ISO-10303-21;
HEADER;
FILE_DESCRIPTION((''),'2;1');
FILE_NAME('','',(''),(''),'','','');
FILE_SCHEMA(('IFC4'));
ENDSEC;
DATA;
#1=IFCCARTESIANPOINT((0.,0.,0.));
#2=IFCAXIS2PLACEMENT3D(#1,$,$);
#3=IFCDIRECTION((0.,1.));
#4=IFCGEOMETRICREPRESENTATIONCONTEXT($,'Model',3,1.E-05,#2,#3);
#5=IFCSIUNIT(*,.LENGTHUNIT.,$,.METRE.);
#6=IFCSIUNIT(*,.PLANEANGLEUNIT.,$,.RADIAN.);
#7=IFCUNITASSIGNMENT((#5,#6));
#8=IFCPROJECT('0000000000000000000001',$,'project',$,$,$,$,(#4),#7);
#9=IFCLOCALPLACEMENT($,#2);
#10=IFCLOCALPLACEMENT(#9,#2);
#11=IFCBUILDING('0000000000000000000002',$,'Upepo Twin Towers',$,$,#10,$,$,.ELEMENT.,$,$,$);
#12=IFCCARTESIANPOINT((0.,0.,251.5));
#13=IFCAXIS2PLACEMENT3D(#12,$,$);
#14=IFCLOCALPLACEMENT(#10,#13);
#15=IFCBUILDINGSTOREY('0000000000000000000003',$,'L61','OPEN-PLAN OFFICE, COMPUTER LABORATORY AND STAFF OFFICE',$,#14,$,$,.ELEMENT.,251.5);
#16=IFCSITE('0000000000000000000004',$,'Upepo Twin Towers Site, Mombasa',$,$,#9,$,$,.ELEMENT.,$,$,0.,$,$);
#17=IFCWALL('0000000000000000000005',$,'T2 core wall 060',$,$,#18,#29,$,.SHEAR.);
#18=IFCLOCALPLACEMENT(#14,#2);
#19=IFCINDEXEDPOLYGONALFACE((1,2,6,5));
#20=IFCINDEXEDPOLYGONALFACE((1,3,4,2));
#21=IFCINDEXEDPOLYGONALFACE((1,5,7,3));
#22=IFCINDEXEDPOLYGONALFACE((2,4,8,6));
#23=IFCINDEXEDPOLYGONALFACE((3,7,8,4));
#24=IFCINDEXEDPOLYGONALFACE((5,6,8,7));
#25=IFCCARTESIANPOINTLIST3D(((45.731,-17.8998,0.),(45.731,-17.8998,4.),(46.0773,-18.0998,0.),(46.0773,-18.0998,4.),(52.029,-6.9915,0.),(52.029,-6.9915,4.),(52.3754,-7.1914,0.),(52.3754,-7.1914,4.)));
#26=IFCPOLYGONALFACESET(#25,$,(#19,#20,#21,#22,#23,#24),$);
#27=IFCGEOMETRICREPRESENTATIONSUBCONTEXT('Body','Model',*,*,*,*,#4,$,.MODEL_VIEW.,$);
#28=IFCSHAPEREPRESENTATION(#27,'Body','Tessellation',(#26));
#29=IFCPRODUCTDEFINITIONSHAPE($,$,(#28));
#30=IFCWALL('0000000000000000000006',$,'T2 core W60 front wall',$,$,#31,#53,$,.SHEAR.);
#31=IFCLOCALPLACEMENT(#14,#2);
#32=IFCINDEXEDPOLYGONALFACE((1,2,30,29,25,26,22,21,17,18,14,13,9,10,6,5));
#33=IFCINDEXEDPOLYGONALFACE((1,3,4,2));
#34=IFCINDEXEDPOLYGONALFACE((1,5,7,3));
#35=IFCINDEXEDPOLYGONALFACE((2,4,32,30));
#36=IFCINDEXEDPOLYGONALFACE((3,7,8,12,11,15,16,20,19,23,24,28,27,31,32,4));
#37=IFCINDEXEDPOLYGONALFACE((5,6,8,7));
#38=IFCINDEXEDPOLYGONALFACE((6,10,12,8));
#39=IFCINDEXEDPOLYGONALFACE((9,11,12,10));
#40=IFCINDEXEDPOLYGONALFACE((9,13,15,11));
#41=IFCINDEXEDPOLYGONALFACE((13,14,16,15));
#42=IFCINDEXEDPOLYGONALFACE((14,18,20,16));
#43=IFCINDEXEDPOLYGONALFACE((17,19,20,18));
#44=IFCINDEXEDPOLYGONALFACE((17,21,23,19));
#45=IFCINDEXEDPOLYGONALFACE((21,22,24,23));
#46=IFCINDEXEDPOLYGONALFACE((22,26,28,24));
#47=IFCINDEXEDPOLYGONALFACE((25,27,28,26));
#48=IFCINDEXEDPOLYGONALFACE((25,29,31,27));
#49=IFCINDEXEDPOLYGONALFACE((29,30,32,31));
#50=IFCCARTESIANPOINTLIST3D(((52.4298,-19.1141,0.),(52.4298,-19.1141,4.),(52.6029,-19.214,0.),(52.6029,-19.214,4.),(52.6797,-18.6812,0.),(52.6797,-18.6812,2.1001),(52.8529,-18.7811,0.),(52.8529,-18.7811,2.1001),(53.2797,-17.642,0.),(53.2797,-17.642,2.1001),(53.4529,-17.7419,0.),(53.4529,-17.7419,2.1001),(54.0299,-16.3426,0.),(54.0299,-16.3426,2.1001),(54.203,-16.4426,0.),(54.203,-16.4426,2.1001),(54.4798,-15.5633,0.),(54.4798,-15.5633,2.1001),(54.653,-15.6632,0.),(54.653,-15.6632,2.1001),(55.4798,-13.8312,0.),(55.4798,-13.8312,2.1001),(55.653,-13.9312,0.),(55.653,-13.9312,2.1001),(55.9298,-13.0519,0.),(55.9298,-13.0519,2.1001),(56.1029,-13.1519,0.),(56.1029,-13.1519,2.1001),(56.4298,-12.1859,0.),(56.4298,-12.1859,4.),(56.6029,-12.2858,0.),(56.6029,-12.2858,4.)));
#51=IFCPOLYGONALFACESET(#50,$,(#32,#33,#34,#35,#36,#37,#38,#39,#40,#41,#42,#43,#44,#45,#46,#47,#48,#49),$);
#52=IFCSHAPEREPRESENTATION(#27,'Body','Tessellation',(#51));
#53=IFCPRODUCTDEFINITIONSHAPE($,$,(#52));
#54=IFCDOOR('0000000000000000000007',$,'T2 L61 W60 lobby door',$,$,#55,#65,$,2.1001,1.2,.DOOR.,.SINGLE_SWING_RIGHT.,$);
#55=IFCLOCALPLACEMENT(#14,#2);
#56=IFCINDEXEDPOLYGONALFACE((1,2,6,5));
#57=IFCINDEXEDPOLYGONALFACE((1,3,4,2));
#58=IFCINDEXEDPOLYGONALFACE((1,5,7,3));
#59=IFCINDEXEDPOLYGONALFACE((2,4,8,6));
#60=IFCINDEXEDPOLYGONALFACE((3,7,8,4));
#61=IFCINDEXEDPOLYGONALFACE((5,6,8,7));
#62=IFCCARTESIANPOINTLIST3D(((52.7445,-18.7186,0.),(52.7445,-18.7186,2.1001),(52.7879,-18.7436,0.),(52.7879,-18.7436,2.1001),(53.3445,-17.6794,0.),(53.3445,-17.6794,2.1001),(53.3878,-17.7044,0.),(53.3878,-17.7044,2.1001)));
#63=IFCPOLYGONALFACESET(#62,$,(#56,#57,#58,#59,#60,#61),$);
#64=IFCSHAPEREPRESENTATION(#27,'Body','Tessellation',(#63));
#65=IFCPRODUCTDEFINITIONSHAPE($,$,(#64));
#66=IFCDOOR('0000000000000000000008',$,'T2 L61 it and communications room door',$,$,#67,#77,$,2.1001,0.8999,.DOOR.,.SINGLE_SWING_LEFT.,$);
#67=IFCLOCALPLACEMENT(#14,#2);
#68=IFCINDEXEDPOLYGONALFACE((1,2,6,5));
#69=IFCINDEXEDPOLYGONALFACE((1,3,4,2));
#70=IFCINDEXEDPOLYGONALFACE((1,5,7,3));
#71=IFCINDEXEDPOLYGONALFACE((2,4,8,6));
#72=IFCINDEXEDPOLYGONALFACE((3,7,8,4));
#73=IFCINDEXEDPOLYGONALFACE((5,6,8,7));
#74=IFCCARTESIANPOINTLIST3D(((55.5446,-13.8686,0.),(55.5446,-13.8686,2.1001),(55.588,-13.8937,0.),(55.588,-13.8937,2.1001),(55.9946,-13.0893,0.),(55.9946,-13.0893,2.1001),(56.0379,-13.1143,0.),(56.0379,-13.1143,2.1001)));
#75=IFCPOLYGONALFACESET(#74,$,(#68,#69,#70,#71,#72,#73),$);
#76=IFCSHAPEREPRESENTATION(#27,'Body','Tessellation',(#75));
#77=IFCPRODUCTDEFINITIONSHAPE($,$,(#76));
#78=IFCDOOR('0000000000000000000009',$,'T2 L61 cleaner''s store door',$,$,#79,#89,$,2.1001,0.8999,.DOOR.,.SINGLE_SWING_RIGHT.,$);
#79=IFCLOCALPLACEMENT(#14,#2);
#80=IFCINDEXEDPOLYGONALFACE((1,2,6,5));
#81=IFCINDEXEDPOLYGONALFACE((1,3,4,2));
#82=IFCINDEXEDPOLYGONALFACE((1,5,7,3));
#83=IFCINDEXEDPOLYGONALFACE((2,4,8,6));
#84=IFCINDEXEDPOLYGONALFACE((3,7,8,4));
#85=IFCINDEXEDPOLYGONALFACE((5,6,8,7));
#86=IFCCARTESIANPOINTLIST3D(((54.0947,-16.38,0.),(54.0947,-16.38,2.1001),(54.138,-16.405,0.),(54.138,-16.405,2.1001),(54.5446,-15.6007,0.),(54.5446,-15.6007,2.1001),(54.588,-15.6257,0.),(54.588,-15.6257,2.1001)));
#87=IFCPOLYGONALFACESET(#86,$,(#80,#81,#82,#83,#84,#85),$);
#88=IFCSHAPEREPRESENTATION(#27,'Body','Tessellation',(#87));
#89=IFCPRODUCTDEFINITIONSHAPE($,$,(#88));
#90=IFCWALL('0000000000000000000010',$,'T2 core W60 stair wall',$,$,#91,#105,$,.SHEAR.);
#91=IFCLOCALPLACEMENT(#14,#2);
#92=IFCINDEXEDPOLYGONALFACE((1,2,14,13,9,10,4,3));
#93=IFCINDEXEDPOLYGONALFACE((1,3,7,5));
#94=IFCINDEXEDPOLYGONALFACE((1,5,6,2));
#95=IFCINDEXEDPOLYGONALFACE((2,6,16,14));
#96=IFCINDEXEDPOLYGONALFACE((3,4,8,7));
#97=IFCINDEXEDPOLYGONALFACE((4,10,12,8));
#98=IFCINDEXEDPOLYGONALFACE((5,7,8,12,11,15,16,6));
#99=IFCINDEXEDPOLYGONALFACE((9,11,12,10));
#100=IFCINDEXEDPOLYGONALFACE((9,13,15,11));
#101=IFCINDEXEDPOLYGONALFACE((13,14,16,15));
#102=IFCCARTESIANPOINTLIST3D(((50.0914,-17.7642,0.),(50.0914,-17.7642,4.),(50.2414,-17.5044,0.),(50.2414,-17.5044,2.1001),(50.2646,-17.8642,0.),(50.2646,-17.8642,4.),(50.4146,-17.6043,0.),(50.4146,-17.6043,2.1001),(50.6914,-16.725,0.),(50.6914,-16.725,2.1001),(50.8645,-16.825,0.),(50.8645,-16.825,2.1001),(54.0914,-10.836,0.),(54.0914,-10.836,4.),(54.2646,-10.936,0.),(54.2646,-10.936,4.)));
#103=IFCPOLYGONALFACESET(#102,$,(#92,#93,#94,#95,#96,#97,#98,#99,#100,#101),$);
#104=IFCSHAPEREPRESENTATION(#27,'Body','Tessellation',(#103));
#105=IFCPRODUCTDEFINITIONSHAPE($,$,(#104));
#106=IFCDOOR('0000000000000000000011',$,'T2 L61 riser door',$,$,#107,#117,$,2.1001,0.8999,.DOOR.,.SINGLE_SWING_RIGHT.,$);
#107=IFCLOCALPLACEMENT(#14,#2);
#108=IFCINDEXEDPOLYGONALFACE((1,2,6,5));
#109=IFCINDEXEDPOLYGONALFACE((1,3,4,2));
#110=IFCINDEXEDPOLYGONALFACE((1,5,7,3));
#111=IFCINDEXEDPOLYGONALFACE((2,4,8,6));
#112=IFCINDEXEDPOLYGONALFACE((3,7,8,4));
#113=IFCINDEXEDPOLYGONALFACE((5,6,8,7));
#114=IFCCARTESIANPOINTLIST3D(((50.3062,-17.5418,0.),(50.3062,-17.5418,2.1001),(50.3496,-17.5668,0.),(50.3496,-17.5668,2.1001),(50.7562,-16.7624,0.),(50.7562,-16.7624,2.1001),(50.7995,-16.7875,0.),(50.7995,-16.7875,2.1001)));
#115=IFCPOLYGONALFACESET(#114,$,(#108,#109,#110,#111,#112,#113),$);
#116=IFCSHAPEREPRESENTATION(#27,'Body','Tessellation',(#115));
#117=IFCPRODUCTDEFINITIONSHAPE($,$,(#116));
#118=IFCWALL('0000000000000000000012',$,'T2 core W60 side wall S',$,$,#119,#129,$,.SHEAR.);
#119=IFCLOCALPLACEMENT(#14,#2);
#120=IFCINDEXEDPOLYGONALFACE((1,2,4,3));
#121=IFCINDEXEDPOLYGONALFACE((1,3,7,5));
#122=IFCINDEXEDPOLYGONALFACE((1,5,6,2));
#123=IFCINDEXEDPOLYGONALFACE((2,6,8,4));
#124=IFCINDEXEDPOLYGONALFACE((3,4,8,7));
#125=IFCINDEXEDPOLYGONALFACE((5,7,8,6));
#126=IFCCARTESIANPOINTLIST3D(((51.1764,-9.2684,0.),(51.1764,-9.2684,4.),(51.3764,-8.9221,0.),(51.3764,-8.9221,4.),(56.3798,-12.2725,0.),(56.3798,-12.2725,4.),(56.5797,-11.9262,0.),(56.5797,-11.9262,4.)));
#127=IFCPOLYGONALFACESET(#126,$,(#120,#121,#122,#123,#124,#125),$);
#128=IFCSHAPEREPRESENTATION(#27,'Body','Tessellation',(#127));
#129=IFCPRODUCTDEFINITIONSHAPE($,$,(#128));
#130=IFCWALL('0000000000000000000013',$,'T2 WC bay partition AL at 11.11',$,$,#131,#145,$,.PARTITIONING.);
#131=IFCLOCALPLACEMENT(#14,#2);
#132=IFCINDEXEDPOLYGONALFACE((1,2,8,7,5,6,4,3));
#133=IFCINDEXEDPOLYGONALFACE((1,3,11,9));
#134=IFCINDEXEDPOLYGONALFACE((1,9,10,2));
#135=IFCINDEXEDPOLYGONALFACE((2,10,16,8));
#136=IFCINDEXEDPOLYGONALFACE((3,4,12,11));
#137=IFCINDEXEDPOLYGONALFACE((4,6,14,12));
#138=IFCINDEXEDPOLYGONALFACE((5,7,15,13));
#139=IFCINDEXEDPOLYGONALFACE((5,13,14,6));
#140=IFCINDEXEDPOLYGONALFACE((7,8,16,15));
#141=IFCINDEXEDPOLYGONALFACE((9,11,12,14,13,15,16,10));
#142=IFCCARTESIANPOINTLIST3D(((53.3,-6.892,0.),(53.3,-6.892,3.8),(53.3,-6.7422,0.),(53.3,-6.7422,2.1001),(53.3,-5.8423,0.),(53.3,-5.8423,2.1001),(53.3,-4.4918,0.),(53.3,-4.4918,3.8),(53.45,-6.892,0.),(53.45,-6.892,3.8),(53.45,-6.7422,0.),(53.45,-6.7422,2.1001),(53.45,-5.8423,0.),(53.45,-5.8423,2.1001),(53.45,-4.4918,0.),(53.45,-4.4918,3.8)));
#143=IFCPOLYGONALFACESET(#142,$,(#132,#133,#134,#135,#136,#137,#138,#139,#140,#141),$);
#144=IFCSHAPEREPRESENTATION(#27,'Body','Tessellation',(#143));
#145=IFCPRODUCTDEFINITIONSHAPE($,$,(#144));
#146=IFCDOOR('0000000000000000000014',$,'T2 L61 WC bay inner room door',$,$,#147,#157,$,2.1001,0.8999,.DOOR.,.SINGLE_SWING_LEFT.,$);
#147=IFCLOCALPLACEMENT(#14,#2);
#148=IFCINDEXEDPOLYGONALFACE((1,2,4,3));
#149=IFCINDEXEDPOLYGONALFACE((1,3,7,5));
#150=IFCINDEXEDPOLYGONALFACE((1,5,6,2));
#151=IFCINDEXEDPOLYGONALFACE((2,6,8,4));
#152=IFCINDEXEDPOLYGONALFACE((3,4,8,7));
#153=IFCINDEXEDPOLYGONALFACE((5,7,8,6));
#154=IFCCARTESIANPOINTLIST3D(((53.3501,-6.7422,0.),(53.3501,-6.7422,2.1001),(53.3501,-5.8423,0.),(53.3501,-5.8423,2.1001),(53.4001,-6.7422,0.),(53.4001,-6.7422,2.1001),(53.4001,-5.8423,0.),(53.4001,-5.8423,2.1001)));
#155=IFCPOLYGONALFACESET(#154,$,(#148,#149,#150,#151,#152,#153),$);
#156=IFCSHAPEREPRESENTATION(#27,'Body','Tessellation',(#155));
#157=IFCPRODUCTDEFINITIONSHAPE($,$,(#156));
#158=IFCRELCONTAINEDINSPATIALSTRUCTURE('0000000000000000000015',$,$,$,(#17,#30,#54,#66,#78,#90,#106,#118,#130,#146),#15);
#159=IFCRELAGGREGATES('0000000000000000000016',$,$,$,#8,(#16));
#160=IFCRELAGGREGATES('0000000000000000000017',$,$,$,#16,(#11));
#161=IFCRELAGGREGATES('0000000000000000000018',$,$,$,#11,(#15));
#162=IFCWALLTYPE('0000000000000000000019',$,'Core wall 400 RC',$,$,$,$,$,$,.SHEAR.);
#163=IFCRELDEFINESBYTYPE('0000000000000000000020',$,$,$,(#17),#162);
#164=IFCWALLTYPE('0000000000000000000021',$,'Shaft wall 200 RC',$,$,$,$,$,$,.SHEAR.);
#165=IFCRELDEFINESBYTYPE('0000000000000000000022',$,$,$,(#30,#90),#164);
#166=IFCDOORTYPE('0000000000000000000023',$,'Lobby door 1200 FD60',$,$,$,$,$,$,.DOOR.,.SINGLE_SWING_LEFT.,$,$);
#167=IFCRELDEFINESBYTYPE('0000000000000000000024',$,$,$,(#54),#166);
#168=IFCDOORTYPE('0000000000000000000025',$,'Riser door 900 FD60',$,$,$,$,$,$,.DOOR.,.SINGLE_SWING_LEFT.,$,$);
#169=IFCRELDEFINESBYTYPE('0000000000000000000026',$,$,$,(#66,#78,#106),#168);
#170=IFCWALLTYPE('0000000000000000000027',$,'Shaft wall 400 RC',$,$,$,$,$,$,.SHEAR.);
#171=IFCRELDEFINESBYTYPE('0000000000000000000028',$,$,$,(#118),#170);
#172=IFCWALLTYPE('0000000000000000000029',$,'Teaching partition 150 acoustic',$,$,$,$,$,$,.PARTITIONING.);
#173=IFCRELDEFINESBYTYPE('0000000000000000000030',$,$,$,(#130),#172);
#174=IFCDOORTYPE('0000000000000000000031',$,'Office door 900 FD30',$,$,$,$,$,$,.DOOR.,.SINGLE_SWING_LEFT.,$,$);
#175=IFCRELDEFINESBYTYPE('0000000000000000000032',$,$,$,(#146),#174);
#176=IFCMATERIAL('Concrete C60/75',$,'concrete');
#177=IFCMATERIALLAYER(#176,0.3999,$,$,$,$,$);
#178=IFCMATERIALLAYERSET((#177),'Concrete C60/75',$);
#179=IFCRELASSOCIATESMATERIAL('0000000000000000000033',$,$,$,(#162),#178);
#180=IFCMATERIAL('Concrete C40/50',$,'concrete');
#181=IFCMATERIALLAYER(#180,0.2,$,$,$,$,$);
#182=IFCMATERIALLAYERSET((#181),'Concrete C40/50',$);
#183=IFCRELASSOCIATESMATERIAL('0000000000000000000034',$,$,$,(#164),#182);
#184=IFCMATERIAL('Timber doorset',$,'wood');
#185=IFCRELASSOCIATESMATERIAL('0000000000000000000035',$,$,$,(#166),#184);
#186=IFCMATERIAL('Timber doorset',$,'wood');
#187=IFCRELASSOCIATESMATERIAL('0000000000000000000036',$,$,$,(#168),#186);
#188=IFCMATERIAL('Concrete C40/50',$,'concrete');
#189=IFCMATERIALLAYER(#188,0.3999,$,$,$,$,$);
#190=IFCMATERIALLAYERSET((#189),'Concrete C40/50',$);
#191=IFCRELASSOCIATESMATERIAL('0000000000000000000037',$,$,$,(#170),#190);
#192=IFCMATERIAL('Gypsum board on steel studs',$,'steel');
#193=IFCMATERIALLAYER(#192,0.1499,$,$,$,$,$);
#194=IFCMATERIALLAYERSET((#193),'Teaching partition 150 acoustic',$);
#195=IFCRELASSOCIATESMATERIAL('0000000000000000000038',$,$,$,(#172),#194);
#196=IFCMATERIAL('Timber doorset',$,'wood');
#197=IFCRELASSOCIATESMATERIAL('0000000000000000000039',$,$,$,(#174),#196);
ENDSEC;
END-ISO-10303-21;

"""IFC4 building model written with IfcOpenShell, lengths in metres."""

from ifc_helpers import new_model, si_unit, direction, frame, frame_2d, origin, place, context, subcontext, project, spatial, rectangle, extrude, material, layer, layer_set, type_object, element, fill, save


model = new_model("IFC4")

# Units and contexts
model_context = context("Model", 3, precision=1e-05, world=origin(), true_north=direction((0.0, 1.0)))
body_context = subcontext(model_context, "Body", "Model", "MODEL_VIEW")
ifc_project = project(units=[si_unit("LENGTHUNIT", "METRE"), si_unit("PLANEANGLEUNIT", "RADIAN")], contexts=[model_context])

# Site, building, storey
site_placement = place(None, origin())
site = spatial("IfcSite", under=ifc_project, at=site_placement, Name="Upepo Twin Towers Site, Mombasa", CompositionType="ELEMENT", RefElevation=0.0)
building_placement = place(site_placement, origin())
building = spatial("IfcBuilding", under=site, at=building_placement, Name="Upepo Twin Towers", CompositionType="ELEMENT")
storey_placement = place(building_placement, frame((0.0, 0.0, 251.5)))
storey = spatial("IfcBuildingStorey", under=building, at=storey_placement, Name="L61", Description="OPEN-PLAN OFFICE, COMPUTER LABORATORY AND STAFF OFFICE", CompositionType="ELEMENT", Elevation=251.5)

# Wall
ifc_material_1 = material(Name="Concrete C60/75", Category="concrete")
ifc_layer_1 = layer(ifc_material_1, 0.3999)
ifc_layer_set_1 = layer_set([ifc_layer_1], Name="Concrete C60/75")
wall_type_1 = type_object("IfcWallType", Name="Core wall 400 RC", PredefinedType="SHEAR", material=ifc_layer_set_1)
wall_1_placement = place(storey_placement, frame((52.2021, -7.0916, 0.0), z_axis=(0.0, 0.0, 1.0), x_axis=(-0.500006, -0.866022, 0.0)))
element("IfcWall", 1, at=wall_1_placement, inside=storey, type_object=wall_type_1, Name="T2 core wall 060", PredefinedType="SHEAR", context=body_context, shape_type="SweptSolid", body=[
    extrude(rectangle(XDim=12.5959, YDim=0.3999, at=frame_2d((6.2979, 0.0))), origin(), (0.0, 0.0, 1.0), 4.0),
])

# Wall, openings, doors
ifc_material_2 = material(Name="Concrete C40/50", Category="concrete")
ifc_layer_2 = layer(ifc_material_2, 0.2)
ifc_layer_set_2 = layer_set([ifc_layer_2], Name="Concrete C40/50")
wall_type_2 = type_object("IfcWallType", Name="Shaft wall 200 RC", PredefinedType="SHEAR", material=ifc_layer_set_2)
wall_2_placement = place(storey_placement, frame((56.5164, -12.2358, 0.0), z_axis=(0.0, 0.0, 1.0), x_axis=(-0.499999, -0.866026, 0.0)))
wall_2 = element("IfcWall", 2, at=wall_2_placement, inside=storey, type_object=wall_type_2, Name="T2 core W60 front wall", PredefinedType="SHEAR", context=body_context, shape_type="SweptSolid", body=[
    extrude(rectangle(XDim=8.0, YDim=0.2, at=frame_2d((4.0, 0.0))), origin(), (0.0, 0.0, 1.0), 4.0),
])
opening_1_placement = place(wall_2_placement, frame((6.3, 0.0, 0.0)))
opening_1 = element("IfcOpeningElement", 3, at=opening_1_placement, cuts=wall_2, PredefinedType="OPENING", context=body_context, shape_type="SweptSolid", body=[
    extrude(rectangle(XDim=1.2, YDim=2.1001, at=frame_2d((0.6001, 1.05))), frame((0.0, 0.1099, 0.0), z_axis=(0.0, -1.0, 0.0), x_axis=(1.0, 0.0, 0.0)), (0.0, 0.0, 1.0), 0.22),
])
opening_2_placement = place(wall_2_placement, frame((1.0, 0.0, 0.0)))
opening_2 = element("IfcOpeningElement", 4, at=opening_2_placement, cuts=wall_2, PredefinedType="OPENING", context=body_context, shape_type="SweptSolid", body=[
    extrude(rectangle(XDim=0.8999, YDim=2.1001, at=frame_2d((0.45, 1.05))), frame((0.0, 0.1099, 0.0), z_axis=(0.0, -1.0, 0.0), x_axis=(1.0, 0.0, 0.0)), (0.0, 0.0, 1.0), 0.22),
])
opening_3_placement = place(wall_2_placement, frame((3.8999, 0.0, 0.0)))
opening_3 = element("IfcOpeningElement", 5, at=opening_3_placement, cuts=wall_2, PredefinedType="OPENING", context=body_context, shape_type="SweptSolid", body=[
    extrude(rectangle(XDim=0.8999, YDim=2.1001, at=frame_2d((0.45, 1.05))), frame((0.0, 0.1099, 0.0), z_axis=(0.0, -1.0, 0.0), x_axis=(1.0, 0.0, 0.0)), (0.0, 0.0, 1.0), 0.22),
])
ifc_material_3 = material(Name="Timber doorset", Category="wood")
door_type_1 = type_object("IfcDoorType", Name="Lobby door 1200 FD60", OperationType="SINGLE_SWING_LEFT", PredefinedType="DOOR", material=ifc_material_3)
door_1_placement = place(opening_1_placement, origin())
door_1 = element("IfcDoor", 6, at=door_1_placement, inside=storey, type_object=door_type_1, Name="T2 L61 W60 lobby door", OperationType="SINGLE_SWING_RIGHT", OverallHeight=2.1001, OverallWidth=1.2, PredefinedType="DOOR", context=body_context, shape_type="SweptSolid", body=[
    extrude(rectangle(XDim=1.2, YDim=2.1001, at=frame_2d((0.6001, 1.05))), frame((0.0, 0.0249, 0.0), z_axis=(0.0, -1.0, 0.0), x_axis=(1.0, 0.0, 0.0)), (0.0, 0.0, 1.0), 0.05),
])
fill(opening_1, door_1)
ifc_material_4 = material(Name="Timber doorset", Category="wood")
door_type_2 = type_object("IfcDoorType", Name="Riser door 900 FD60", OperationType="SINGLE_SWING_LEFT", PredefinedType="DOOR", material=ifc_material_4)
door_2_placement = place(opening_2_placement, origin())
door_2 = element("IfcDoor", 7, at=door_2_placement, inside=storey, type_object=door_type_2, Name="T2 L61 it and communications room door", OperationType="SINGLE_SWING_LEFT", OverallHeight=2.1001, OverallWidth=0.8999, PredefinedType="DOOR", context=body_context, shape_type="SweptSolid", body=[
    extrude(rectangle(XDim=0.8999, YDim=2.1001, at=frame_2d((0.45, 1.05))), frame((0.0, 0.0249, 0.0), z_axis=(0.0, -1.0, 0.0), x_axis=(1.0, 0.0, 0.0)), (0.0, 0.0, 1.0), 0.05),
])
fill(opening_2, door_2)
door_3_placement = place(opening_3_placement, origin())
door_3 = element("IfcDoor", 8, at=door_3_placement, inside=storey, type_object=door_type_2, Name="T2 L61 cleaner's store door", OperationType="SINGLE_SWING_RIGHT", OverallHeight=2.1001, OverallWidth=0.8999, PredefinedType="DOOR", context=body_context, shape_type="SweptSolid", body=[
    extrude(rectangle(XDim=0.8999, YDim=2.1001, at=frame_2d((0.45, 1.05))), frame((0.0, 0.0249, 0.0), z_axis=(0.0, -1.0, 0.0), x_axis=(1.0, 0.0, 0.0)), (0.0, 0.0, 1.0), 0.05),
])
fill(opening_3, door_3)

# Wall, opening, door
wall_3_placement = place(storey_placement, frame((54.178, -10.886, 0.0), z_axis=(0.0, 0.0, 1.0), x_axis=(-0.499999, -0.866026, 0.0)))
wall_3 = element("IfcWall", 9, at=wall_3_placement, inside=storey, type_object=wall_type_2, Name="T2 core W60 stair wall", PredefinedType="SHEAR", context=body_context, shape_type="SweptSolid", body=[
    extrude(rectangle(XDim=8.0, YDim=0.2, at=frame_2d((4.0, 0.0))), origin(), (0.0, 0.0, 1.0), 4.0),
])
opening_4_placement = place(wall_3_placement, frame((6.8, 0.0, 0.0)))
opening_4 = element("IfcOpeningElement", 10, at=opening_4_placement, cuts=wall_3, PredefinedType="OPENING", context=body_context, shape_type="SweptSolid", body=[
    extrude(rectangle(XDim=0.8999, YDim=2.1001, at=frame_2d((0.45, 1.05))), frame((0.0, 0.1099, 0.0), z_axis=(0.0, -1.0, 0.0), x_axis=(1.0, 0.0, 0.0)), (0.0, 0.0, 1.0), 0.22),
])
door_4_placement = place(opening_4_placement, origin())
door_4 = element("IfcDoor", 11, at=door_4_placement, inside=storey, type_object=door_type_2, Name="T2 L61 riser door", OperationType="SINGLE_SWING_RIGHT", OverallHeight=2.1001, OverallWidth=0.8999, PredefinedType="DOOR", context=body_context, shape_type="SweptSolid", body=[
    extrude(rectangle(XDim=0.8999, YDim=2.1001, at=frame_2d((0.45, 1.05))), frame((0.0, 0.0249, 0.0), z_axis=(0.0, -1.0, 0.0), x_axis=(1.0, 0.0, 0.0)), (0.0, 0.0, 1.0), 0.05),
])
fill(opening_4, door_4)

# Wall
ifc_material_5 = material(Name="Concrete C40/50", Category="concrete")
ifc_layer_3 = layer(ifc_material_5, 0.3999)
ifc_layer_set_3 = layer_set([ifc_layer_3], Name="Concrete C40/50")
wall_type_3 = type_object("IfcWallType", Name="Shaft wall 400 RC", PredefinedType="SHEAR", material=ifc_layer_set_3)
wall_4_placement = place(storey_placement, frame((56.4797, -12.0994, 0.0), z_axis=(0.0, 0.0, 1.0), x_axis=(-0.866027, 0.499998, 0.0)))
element("IfcWall", 12, at=wall_4_placement, inside=storey, type_object=wall_type_3, Name="T2 core W60 side wall S", PredefinedType="SHEAR", context=body_context, shape_type="SweptSolid", body=[
    extrude(rectangle(XDim=6.0083, YDim=0.3999, at=frame_2d((3.0042, 0.0))), origin(), (0.0, 0.0, 1.0), 4.0),
])

# Wall, opening, door
ifc_material_6 = material(Name="Gypsum board on steel studs", Category="steel")
ifc_layer_4 = layer(ifc_material_6, 0.1499)
ifc_layer_set_4 = layer_set([ifc_layer_4], Name="Teaching partition 150 acoustic")
wall_type_4 = type_object("IfcWallType", Name="Teaching partition 150 acoustic", PredefinedType="PARTITIONING", material=ifc_layer_set_4)
wall_5_placement = place(storey_placement, frame((53.375, -6.8921, 0.0), z_axis=(0.0, 0.0, 1.0), x_axis=(0.0, 1.0, 0.0)))
wall_5 = element("IfcWall", 13, at=wall_5_placement, inside=storey, type_object=wall_type_4, Name="T2 WC bay partition AL at 11.11", PredefinedType="PARTITIONING", context=body_context, shape_type="SweptSolid", body=[
    extrude(rectangle(XDim=2.4001, YDim=0.1499, at=frame_2d((1.2002, 0.0))), origin(), (0.0, 0.0, 1.0), 3.8),
])
opening_5_placement = place(wall_5_placement, frame((0.1499, 0.0, 0.0)))
opening_5 = element("IfcOpeningElement", 14, at=opening_5_placement, cuts=wall_5, PredefinedType="OPENING", context=body_context, shape_type="SweptSolid", body=[
    extrude(rectangle(XDim=0.8999, YDim=2.1001, at=frame_2d((0.45, 1.05))), frame((0.0, 0.085, 0.0), z_axis=(0.0, -1.0, 0.0), x_axis=(1.0, 0.0, 0.0)), (0.0, 0.0, 1.0), 0.1699),
])
ifc_material_7 = material(Name="Timber doorset", Category="wood")
door_type_3 = type_object("IfcDoorType", Name="Office door 900 FD30", OperationType="SINGLE_SWING_LEFT", PredefinedType="DOOR", material=ifc_material_7)
door_5_placement = place(opening_5_placement, origin())
door_5 = element("IfcDoor", 15, at=door_5_placement, inside=storey, type_object=door_type_3, Name="T2 L61 WC bay inner room door", OperationType="SINGLE_SWING_LEFT", OverallHeight=2.1001, OverallWidth=0.8999, PredefinedType="DOOR", context=body_context, shape_type="SweptSolid", body=[
    extrude(rectangle(XDim=0.8999, YDim=2.1001, at=frame_2d((0.45, 1.05))), frame((0.0, 0.0249, 0.0), z_axis=(0.0, -1.0, 0.0), x_axis=(1.0, 0.0, 0.0)), (0.0, 0.0, 1.0), 0.05),
])
fill(opening_5, door_5)

save(model, "model.ifc")
